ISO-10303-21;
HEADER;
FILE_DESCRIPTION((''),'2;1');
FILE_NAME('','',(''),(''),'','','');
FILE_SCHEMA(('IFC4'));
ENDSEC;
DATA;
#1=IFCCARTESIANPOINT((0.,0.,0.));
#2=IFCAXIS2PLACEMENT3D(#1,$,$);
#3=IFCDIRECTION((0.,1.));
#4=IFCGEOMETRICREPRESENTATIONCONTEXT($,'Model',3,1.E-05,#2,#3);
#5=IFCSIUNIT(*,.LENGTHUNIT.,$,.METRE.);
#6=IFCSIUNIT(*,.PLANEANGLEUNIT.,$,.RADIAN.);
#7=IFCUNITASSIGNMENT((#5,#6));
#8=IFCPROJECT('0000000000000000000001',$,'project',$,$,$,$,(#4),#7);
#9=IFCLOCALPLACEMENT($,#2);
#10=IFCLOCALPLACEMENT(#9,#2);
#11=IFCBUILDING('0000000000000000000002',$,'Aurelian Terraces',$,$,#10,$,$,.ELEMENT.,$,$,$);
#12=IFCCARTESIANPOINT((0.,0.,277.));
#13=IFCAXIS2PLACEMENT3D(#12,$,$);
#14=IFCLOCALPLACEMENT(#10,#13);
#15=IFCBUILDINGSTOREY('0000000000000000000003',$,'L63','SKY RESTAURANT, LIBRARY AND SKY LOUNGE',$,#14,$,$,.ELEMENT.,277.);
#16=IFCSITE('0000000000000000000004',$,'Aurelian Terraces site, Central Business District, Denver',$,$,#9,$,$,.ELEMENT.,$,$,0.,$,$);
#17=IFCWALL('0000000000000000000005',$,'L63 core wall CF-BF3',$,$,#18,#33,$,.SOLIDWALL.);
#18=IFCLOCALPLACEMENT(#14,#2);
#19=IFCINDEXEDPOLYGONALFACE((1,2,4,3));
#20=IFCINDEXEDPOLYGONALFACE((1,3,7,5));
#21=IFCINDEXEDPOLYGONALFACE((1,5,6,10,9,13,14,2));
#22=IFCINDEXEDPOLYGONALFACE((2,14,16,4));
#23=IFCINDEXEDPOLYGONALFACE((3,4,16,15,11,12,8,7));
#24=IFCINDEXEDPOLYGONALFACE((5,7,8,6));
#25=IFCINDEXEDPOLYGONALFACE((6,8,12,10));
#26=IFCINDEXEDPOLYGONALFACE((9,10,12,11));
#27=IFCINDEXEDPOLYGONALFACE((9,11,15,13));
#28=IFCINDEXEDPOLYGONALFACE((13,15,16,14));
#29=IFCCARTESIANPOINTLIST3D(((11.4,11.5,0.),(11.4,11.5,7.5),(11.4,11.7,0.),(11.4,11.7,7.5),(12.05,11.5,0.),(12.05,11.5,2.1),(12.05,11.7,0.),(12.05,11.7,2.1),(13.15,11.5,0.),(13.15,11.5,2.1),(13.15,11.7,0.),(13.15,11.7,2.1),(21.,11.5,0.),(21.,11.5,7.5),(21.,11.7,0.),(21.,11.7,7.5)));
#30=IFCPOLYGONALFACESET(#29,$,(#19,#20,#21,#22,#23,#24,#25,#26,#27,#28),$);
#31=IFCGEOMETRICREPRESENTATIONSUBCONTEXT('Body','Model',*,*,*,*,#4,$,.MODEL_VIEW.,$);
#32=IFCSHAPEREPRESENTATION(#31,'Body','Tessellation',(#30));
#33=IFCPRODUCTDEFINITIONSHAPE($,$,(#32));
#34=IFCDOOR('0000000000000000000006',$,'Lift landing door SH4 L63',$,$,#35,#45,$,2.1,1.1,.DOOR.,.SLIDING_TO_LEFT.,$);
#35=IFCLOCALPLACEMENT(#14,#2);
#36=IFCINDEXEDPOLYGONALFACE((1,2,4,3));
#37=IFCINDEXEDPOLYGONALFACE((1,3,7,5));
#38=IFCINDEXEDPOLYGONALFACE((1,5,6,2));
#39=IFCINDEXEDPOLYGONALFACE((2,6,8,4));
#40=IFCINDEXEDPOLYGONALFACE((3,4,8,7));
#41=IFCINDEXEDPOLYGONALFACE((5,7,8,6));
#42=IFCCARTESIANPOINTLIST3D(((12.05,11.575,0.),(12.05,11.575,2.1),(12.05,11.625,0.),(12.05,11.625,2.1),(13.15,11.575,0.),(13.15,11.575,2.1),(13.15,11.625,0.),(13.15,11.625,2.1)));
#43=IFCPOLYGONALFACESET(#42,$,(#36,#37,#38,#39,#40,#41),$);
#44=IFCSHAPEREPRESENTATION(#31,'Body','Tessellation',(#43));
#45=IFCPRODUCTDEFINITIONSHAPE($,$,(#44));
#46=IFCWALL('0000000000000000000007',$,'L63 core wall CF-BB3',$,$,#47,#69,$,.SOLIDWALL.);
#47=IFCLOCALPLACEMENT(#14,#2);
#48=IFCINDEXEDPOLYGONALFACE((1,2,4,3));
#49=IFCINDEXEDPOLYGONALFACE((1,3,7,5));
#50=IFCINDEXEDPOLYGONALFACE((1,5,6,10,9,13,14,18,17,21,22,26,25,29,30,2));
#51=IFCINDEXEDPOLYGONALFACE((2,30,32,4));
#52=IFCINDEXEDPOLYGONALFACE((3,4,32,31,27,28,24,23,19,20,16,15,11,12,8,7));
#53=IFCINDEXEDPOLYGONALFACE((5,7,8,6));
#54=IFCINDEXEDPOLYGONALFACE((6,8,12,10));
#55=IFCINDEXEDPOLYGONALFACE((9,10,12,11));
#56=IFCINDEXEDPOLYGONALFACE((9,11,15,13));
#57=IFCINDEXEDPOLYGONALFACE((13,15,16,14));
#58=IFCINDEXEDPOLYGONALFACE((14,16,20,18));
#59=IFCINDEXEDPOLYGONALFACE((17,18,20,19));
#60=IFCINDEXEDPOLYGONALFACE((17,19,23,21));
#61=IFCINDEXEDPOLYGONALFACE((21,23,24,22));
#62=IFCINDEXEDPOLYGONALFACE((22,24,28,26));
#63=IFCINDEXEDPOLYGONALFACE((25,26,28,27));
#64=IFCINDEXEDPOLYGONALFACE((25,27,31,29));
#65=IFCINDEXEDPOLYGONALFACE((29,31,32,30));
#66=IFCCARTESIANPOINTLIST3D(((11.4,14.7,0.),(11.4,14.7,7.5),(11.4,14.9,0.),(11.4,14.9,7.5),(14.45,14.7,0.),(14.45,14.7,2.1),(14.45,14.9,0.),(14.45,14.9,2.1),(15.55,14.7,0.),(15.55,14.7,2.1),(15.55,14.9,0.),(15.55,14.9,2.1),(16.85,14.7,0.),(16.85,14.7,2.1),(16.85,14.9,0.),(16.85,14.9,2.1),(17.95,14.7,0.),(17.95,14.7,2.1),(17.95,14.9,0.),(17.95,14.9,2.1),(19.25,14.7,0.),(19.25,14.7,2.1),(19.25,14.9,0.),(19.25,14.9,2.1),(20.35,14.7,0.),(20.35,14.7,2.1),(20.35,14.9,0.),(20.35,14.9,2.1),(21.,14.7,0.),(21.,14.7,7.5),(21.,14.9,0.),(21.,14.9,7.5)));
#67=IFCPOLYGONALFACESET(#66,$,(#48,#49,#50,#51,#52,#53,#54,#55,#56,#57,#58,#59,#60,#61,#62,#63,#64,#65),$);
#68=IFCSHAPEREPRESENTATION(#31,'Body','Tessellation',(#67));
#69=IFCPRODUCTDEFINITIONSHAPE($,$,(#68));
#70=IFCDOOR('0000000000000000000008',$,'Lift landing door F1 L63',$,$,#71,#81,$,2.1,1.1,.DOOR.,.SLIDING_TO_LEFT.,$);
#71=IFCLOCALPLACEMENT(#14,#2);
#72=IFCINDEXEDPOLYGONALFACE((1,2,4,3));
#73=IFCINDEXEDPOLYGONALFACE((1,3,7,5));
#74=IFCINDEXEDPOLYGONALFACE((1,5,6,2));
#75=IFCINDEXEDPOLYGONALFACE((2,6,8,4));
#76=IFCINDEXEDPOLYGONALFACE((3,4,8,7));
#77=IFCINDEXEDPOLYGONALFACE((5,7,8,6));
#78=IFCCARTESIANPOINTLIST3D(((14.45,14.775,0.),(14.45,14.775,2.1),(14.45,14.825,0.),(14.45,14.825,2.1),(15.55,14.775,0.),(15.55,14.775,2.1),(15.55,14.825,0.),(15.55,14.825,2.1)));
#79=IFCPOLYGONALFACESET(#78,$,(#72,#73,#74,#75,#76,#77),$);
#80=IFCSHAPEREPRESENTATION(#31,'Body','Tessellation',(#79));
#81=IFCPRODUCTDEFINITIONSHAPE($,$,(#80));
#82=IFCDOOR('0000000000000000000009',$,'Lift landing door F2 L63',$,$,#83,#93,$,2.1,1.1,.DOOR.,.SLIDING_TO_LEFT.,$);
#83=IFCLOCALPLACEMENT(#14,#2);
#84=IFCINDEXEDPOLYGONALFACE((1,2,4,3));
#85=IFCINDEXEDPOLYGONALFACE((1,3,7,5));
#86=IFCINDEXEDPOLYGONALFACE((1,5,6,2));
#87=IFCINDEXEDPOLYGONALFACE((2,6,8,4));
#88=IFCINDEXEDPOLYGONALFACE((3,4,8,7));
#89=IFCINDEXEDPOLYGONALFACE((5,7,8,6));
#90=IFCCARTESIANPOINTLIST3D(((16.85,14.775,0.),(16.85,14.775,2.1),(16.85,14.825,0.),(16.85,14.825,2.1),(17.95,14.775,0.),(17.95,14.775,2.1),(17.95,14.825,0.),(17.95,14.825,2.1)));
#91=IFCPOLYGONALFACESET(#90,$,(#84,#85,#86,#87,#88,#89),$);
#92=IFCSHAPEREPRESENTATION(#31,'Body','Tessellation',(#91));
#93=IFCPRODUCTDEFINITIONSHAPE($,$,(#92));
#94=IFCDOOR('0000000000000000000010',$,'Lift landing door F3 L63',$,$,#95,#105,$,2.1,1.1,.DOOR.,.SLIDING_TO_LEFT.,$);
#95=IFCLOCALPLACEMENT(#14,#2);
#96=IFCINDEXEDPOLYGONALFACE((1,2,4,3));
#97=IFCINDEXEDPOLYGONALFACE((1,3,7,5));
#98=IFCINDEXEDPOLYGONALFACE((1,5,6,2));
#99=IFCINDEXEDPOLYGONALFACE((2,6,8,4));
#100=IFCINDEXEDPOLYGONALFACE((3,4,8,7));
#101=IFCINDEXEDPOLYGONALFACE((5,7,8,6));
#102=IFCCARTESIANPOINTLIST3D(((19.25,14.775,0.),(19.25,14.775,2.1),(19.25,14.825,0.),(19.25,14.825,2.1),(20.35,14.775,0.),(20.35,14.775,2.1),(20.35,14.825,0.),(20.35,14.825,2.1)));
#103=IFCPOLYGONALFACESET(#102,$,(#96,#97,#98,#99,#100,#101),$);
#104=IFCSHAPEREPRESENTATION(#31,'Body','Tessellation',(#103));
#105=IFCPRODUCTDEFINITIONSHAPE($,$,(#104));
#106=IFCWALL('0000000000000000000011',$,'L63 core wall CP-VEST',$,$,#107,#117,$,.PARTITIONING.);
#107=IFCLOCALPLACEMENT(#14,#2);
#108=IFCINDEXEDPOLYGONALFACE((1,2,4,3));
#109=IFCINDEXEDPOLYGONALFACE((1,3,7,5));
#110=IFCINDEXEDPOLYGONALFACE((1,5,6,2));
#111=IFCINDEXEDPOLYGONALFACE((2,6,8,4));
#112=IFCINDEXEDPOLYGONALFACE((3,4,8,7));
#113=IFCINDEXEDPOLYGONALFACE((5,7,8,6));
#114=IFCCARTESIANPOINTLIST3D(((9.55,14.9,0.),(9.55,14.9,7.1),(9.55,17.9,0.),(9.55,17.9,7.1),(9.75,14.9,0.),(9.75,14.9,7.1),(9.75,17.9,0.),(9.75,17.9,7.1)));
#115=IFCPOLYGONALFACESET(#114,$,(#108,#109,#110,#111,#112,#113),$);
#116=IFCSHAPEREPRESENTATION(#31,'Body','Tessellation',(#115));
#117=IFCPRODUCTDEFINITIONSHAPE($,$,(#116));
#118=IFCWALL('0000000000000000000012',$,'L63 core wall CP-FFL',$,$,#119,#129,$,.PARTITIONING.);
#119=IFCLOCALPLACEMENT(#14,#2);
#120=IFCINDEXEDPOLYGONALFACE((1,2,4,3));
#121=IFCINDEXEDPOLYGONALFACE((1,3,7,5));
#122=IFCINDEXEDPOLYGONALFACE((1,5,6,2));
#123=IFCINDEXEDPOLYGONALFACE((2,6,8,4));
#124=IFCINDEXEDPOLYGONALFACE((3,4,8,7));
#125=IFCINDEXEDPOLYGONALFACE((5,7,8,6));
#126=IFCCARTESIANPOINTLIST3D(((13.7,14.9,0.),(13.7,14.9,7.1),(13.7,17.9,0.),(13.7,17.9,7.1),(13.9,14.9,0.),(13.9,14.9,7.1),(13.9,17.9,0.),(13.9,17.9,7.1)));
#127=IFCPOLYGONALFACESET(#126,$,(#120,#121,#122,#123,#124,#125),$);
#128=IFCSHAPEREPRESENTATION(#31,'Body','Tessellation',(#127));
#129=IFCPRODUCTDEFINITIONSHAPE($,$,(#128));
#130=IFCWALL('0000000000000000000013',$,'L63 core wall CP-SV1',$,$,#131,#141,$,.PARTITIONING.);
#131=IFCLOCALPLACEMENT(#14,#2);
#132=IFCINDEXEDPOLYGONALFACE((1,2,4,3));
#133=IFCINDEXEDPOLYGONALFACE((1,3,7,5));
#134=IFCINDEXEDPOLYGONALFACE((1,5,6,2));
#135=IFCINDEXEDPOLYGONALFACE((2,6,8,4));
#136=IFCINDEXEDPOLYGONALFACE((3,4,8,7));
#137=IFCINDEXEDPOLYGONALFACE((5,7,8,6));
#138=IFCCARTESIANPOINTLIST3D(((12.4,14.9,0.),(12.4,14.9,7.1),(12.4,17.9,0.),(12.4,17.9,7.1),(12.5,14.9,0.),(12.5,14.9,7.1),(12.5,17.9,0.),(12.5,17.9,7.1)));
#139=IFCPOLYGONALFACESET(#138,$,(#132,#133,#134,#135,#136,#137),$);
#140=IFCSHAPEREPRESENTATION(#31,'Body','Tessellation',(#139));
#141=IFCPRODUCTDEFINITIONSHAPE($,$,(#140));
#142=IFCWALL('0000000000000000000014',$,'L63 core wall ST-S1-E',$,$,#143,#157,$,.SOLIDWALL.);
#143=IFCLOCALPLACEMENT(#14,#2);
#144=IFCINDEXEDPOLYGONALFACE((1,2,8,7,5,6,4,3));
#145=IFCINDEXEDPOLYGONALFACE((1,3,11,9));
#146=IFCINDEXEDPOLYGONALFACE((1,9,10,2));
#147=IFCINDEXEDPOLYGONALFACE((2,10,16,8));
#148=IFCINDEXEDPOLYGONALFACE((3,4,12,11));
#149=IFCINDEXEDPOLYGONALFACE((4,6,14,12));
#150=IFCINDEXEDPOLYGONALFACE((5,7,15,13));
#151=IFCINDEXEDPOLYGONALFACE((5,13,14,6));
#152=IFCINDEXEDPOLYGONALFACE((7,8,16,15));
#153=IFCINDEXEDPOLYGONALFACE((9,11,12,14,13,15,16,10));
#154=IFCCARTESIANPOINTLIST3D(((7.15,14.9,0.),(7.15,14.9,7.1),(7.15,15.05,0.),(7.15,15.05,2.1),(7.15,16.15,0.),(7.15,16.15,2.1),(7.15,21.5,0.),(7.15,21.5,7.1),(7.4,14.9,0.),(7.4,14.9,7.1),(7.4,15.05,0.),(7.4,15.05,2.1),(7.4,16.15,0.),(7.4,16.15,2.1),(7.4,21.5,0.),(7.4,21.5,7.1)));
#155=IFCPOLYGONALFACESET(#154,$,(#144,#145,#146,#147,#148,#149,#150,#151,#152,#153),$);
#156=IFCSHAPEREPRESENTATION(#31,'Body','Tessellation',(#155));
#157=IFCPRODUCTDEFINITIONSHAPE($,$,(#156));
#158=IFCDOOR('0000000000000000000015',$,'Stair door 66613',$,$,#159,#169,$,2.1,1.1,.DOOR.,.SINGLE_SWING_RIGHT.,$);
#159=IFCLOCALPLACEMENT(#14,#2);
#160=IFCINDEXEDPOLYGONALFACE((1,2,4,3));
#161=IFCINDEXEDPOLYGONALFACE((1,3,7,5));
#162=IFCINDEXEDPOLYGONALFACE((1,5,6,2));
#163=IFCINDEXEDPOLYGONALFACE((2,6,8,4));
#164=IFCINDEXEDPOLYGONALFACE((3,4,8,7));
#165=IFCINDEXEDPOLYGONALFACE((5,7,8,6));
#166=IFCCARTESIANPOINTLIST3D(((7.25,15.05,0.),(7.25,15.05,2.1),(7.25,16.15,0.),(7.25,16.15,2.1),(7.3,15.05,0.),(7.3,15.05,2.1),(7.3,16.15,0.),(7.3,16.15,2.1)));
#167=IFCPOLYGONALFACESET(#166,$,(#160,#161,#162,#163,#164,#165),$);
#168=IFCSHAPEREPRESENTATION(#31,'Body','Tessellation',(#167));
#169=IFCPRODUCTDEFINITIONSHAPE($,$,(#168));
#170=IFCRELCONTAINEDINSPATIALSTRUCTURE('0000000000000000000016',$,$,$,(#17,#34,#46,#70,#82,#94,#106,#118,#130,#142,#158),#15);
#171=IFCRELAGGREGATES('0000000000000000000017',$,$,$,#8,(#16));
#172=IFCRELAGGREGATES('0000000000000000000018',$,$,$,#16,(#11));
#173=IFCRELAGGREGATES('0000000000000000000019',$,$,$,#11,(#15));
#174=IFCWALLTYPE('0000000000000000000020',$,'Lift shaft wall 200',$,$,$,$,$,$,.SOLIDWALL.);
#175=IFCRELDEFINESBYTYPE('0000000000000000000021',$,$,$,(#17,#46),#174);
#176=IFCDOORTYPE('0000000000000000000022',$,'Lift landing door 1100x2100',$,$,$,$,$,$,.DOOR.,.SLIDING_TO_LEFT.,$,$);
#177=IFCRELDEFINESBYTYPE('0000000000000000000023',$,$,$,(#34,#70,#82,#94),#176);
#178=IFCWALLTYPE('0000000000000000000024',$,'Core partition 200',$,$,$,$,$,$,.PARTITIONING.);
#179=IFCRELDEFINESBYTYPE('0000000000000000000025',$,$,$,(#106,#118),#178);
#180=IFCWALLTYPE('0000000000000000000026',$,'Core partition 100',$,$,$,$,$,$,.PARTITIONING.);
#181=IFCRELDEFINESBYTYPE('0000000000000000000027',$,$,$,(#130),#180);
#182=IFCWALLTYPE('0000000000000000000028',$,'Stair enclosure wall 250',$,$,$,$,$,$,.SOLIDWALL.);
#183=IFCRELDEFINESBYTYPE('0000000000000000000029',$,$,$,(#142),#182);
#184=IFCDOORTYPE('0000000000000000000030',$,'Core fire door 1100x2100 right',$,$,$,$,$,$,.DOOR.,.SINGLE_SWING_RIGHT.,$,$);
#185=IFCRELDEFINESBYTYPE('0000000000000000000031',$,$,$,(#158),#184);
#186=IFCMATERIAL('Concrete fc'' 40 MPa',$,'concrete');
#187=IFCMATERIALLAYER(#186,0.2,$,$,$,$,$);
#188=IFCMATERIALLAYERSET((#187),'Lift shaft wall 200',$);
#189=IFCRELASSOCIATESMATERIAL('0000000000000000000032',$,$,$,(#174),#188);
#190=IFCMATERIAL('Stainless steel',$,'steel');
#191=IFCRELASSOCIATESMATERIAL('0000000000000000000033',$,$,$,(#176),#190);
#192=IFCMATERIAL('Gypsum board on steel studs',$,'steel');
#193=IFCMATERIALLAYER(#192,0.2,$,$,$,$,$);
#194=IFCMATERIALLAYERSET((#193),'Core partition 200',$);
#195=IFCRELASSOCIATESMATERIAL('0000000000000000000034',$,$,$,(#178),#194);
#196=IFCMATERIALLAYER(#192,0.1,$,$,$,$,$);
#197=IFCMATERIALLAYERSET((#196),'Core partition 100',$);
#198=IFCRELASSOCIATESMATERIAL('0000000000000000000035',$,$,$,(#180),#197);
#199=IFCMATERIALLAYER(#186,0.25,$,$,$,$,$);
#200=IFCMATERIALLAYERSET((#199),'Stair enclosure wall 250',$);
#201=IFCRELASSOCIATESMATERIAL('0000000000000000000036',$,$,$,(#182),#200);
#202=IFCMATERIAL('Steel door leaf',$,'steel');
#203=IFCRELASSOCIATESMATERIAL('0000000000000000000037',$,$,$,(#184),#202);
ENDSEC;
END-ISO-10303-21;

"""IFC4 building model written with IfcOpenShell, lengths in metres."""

from ifc_helpers import new_model, si_unit, direction, frame, frame_2d, origin, place, context, subcontext, project, spatial, rectangle, extrude, source, transform, mapped, material, layer, layer_set, type_object, element, fill, save


model = new_model("IFC4")

# Units and contexts
model_context = context("Model", 3, precision=1e-05, world=origin(), true_north=direction((0.0, 1.0)))
body_context = subcontext(model_context, "Body", "Model", "MODEL_VIEW")
ifc_project = project(units=[si_unit("LENGTHUNIT", "METRE"), si_unit("PLANEANGLEUNIT", "RADIAN")], contexts=[model_context])

# Site, building, storey
site_placement = place(None, origin())
site = spatial("IfcSite", under=ifc_project, at=site_placement, Name="Aurelian Terraces site, Central Business District, Denver", CompositionType="ELEMENT", RefElevation=0.0)
building_placement = place(site_placement, origin())
building = spatial("IfcBuilding", under=site, at=building_placement, Name="Aurelian Terraces", CompositionType="ELEMENT")
storey_placement = place(building_placement, frame((0.0, 0.0, 277.0)))
storey = spatial("IfcBuildingStorey", under=building, at=storey_placement, Name="L63", Description="SKY RESTAURANT, LIBRARY AND SKY LOUNGE", CompositionType="ELEMENT", Elevation=277.0)

# Shared definitions
ifc_material_1 = material(Name="Concrete fc' 40 MPa", Category="concrete")
ifc_layer_1 = layer(ifc_material_1, 0.2)
ifc_layer_set_1 = layer_set([ifc_layer_1], Name="Lift shaft wall 200")
wall_type_1 = type_object("IfcWallType", Name="Lift shaft wall 200", PredefinedType="SOLIDWALL", material=ifc_layer_set_1)
ifc_material_2 = material(Name="Steel door leaf", Category="steel")
shared_shape_1 = source(origin(), body_context, "Body", "SweptSolid", [
    extrude(rectangle(XDim=1.1, YDim=2.1, at=frame_2d((0.55, 1.05))), frame((0.0, 0.11, 0.0), z_axis=(0.0, -1.0, 0.0), x_axis=(1.0, 0.0, 0.0)), (0.0, 0.0, 1.0), 0.22),
])
ifc_material_3 = material(Name="Stainless steel", Category="steel")
door_type_1 = type_object("IfcDoorType", Name="Lift landing door 1100x2100", OperationType="SLIDING_TO_LEFT", PredefinedType="DOOR", material=ifc_material_3)
shared_shape_2 = source(origin(), body_context, "Body", "SweptSolid", [
    extrude(rectangle(XDim=1.1, YDim=2.1, at=frame_2d((0.55, 1.05))), frame((0.0, 0.025, 0.0), z_axis=(0.0, -1.0, 0.0), x_axis=(1.0, 0.0, 0.0)), (0.0, 0.0, 1.0), 0.05),
])

# Wall, opening, door
shared_shape_3 = source(origin(), body_context, "Body", "SweptSolid", [
    extrude(rectangle(XDim=9.6, YDim=0.2, at=frame_2d((4.8, 0.0))), origin(), (0.0, 0.0, 1.0), 7.5),
])
wall_1_placement = place(storey_placement, frame((11.4, 11.6, 0.0), z_axis=(0.0, 0.0, 1.0), x_axis=(1.0, 0.0, 0.0)))
wall_1 = element("IfcWall", 1, at=wall_1_placement, inside=storey, type_object=wall_type_1, Name="L63 core wall CF-BF3", PredefinedType="SOLIDWALL", context=body_context, shape_type="MappedRepresentation", body=[
    mapped(shared_shape_3, transform((0.0, 0.0, 0.0), scale=1.0)),
])
opening_1_placement = place(wall_1_placement, frame((0.65, 0.0, 0.0)))
opening_1 = element("IfcOpeningElement", 2, at=opening_1_placement, cuts=wall_1, PredefinedType="OPENING", context=body_context, shape_type="MappedRepresentation", body=[
    mapped(shared_shape_1, transform((0.0, 0.0, 0.0), scale=1.0)),
])
door_1_placement = place(opening_1_placement, origin())
door_1 = element("IfcDoor", 3, at=door_1_placement, inside=storey, type_object=door_type_1, Name="Lift landing door SH4 L63", OperationType="SLIDING_TO_LEFT", OverallHeight=2.1, OverallWidth=1.1, PredefinedType="DOOR", context=body_context, shape_type="MappedRepresentation", body=[
    mapped(shared_shape_2, transform((0.0, 0.0, 0.0), scale=1.0)),
])
fill(opening_1, door_1)

# Wall, openings, doors
wall_2_placement = place(storey_placement, frame((11.4, 14.8, 0.0), z_axis=(0.0, 0.0, 1.0), x_axis=(1.0, 0.0, 0.0)))
wall_2 = element("IfcWall", 4, at=wall_2_placement, inside=storey, type_object=wall_type_1, Name="L63 core wall CF-BB3", PredefinedType="SOLIDWALL", context=body_context, shape_type="MappedRepresentation", body=[
    mapped(shared_shape_3, transform((0.0, 0.0, 0.0), scale=1.0)),
])
opening_2_placement = place(wall_2_placement, frame((3.05, 0.0, 0.0)))
opening_2 = element("IfcOpeningElement", 5, at=opening_2_placement, cuts=wall_2, PredefinedType="OPENING", context=body_context, shape_type="MappedRepresentation", body=[
    mapped(shared_shape_1, transform((0.0, 0.0, 0.0), scale=1.0)),
])
opening_3_placement = place(wall_2_placement, frame((5.45, 0.0, 0.0)))
opening_3 = element("IfcOpeningElement", 6, at=opening_3_placement, cuts=wall_2, PredefinedType="OPENING", context=body_context, shape_type="MappedRepresentation", body=[
    mapped(shared_shape_1, transform((0.0, 0.0, 0.0), scale=1.0)),
])
opening_4_placement = place(wall_2_placement, frame((7.85, 0.0, 0.0)))
opening_4 = element("IfcOpeningElement", 7, at=opening_4_placement, cuts=wall_2, PredefinedType="OPENING", context=body_context, shape_type="MappedRepresentation", body=[
    mapped(shared_shape_1, transform((0.0, 0.0, 0.0), scale=1.0)),
])
door_2_placement = place(opening_2_placement, origin())
door_2 = element("IfcDoor", 8, at=door_2_placement, inside=storey, type_object=door_type_1, Name="Lift landing door F1 L63", OperationType="SLIDING_TO_LEFT", OverallHeight=2.1, OverallWidth=1.1, PredefinedType="DOOR", context=body_context, shape_type="MappedRepresentation", body=[
    mapped(shared_shape_2, transform((0.0, 0.0, 0.0), scale=1.0)),
])
fill(opening_2, door_2)
door_3_placement = place(opening_3_placement, origin())
door_3 = element("IfcDoor", 9, at=door_3_placement, inside=storey, type_object=door_type_1, Name="Lift landing door F2 L63", OperationType="SLIDING_TO_LEFT", OverallHeight=2.1, OverallWidth=1.1, PredefinedType="DOOR", context=body_context, shape_type="MappedRepresentation", body=[
    mapped(shared_shape_2, transform((0.0, 0.0, 0.0), scale=1.0)),
])
fill(opening_3, door_3)
door_4_placement = place(opening_4_placement, origin())
door_4 = element("IfcDoor", 10, at=door_4_placement, inside=storey, type_object=door_type_1, Name="Lift landing door F3 L63", OperationType="SLIDING_TO_LEFT", OverallHeight=2.1, OverallWidth=1.1, PredefinedType="DOOR", context=body_context, shape_type="MappedRepresentation", body=[
    mapped(shared_shape_2, transform((0.0, 0.0, 0.0), scale=1.0)),
])
fill(opening_4, door_4)

# Walls
ifc_material_4 = material(Name="Gypsum board on steel studs", Category="steel")
ifc_layer_2 = layer(ifc_material_4, 0.2)
ifc_layer_set_2 = layer_set([ifc_layer_2], Name="Core partition 200")
wall_type_2 = type_object("IfcWallType", Name="Core partition 200", PredefinedType="PARTITIONING", material=ifc_layer_set_2)
shared_shape_4 = source(origin(), body_context, "Body", "SweptSolid", [
    extrude(rectangle(XDim=3.0, YDim=0.2, at=frame_2d((1.5, 0.0))), origin(), (0.0, 0.0, 1.0), 7.1),
])
for number, where, z_axis, x_axis, name in (
    (11, (9.65, 14.9, 0.0), (0.0, 0.0, 1.0), (0.0, 1.0, 0.0), "L63 core wall CP-VEST"),
    (12, (13.8, 14.9, 0.0), (0.0, 0.0, 1.0), (0.0, 1.0, 0.0), "L63 core wall CP-FFL"),
):
    element("IfcWall", number, at=place(storey_placement, frame(where, z_axis=z_axis, x_axis=x_axis)), inside=storey, type_object=wall_type_2, Name=name, PredefinedType="PARTITIONING", context=body_context, shape_type="MappedRepresentation", body=[
        mapped(shared_shape_4, transform((0.0, 0.0, 0.0), scale=1.0)),
    ])
ifc_layer_3 = layer(ifc_material_4, 0.1)
ifc_layer_set_3 = layer_set([ifc_layer_3], Name="Core partition 100")
wall_type_3 = type_object("IfcWallType", Name="Core partition 100", PredefinedType="PARTITIONING", material=ifc_layer_set_3)
shared_shape_5 = source(origin(), body_context, "Body", "SweptSolid", [
    extrude(rectangle(XDim=3.0, YDim=0.1, at=frame_2d((1.5, 0.0))), origin(), (0.0, 0.0, 1.0), 7.1),
])
wall_3_placement = place(storey_placement, frame((12.45, 14.9, 0.0), z_axis=(0.0, 0.0, 1.0), x_axis=(0.0, 1.0, 0.0)))
element("IfcWall", 13, at=wall_3_placement, inside=storey, type_object=wall_type_3, Name="L63 core wall CP-SV1", PredefinedType="PARTITIONING", context=body_context, shape_type="MappedRepresentation", body=[
    mapped(shared_shape_5, transform((0.0, 0.0, 0.0), scale=1.0)),
])

# Wall, opening, door
ifc_layer_4 = layer(ifc_material_1, 0.25)
ifc_layer_set_4 = layer_set([ifc_layer_4], Name="Stair enclosure wall 250")
wall_type_4 = type_object("IfcWallType", Name="Stair enclosure wall 250", PredefinedType="SOLIDWALL", material=ifc_layer_set_4)
shared_shape_6 = source(origin(), body_context, "Body", "SweptSolid", [
    extrude(rectangle(XDim=6.6, YDim=0.25, at=frame_2d((3.3, 0.0))), origin(), (0.0, 0.0, 1.0), 7.1),
])
wall_4_placement = place(storey_placement, frame((7.275, 14.9, 0.0), z_axis=(0.0, 0.0, 1.0), x_axis=(0.0, 1.0, 0.0)))
wall_4 = element("IfcWall", 14, at=wall_4_placement, inside=storey, type_object=wall_type_4, Name="L63 core wall ST-S1-E", PredefinedType="SOLIDWALL", context=body_context, shape_type="MappedRepresentation", body=[
    mapped(shared_shape_6, transform((0.0, 0.0, 0.0), scale=1.0)),
])
shared_shape_7 = source(origin(), body_context, "Body", "SweptSolid", [
    extrude(rectangle(XDim=1.1, YDim=2.1, at=frame_2d((0.55, 1.05))), frame((0.0, 0.135, 0.0), z_axis=(0.0, -1.0, 0.0), x_axis=(1.0, 0.0, 0.0)), (0.0, 0.0, 1.0), 0.27),
])
opening_5_placement = place(wall_4_placement, frame((0.15, 0.0, 0.0)))
opening_5 = element("IfcOpeningElement", 15, at=opening_5_placement, cuts=wall_4, PredefinedType="OPENING", context=body_context, shape_type="MappedRepresentation", body=[
    mapped(shared_shape_7, transform((0.0, 0.0, 0.0), scale=1.0)),
])
door_type_2 = type_object("IfcDoorType", Name="Core fire door 1100x2100 right", OperationType="SINGLE_SWING_RIGHT", PredefinedType="DOOR", material=ifc_material_2)
door_5_placement = place(opening_5_placement, origin())
door_5 = element("IfcDoor", 16, at=door_5_placement, inside=storey, type_object=door_type_2, Name="Stair door 66613", OperationType="SINGLE_SWING_RIGHT", OverallHeight=2.1, OverallWidth=1.1, PredefinedType="DOOR", context=body_context, shape_type="MappedRepresentation", body=[
    mapped(shared_shape_2, transform((0.0, 0.0, 0.0), scale=1.0)),
])
fill(opening_5, door_5)

save(model, "model.ifc")
